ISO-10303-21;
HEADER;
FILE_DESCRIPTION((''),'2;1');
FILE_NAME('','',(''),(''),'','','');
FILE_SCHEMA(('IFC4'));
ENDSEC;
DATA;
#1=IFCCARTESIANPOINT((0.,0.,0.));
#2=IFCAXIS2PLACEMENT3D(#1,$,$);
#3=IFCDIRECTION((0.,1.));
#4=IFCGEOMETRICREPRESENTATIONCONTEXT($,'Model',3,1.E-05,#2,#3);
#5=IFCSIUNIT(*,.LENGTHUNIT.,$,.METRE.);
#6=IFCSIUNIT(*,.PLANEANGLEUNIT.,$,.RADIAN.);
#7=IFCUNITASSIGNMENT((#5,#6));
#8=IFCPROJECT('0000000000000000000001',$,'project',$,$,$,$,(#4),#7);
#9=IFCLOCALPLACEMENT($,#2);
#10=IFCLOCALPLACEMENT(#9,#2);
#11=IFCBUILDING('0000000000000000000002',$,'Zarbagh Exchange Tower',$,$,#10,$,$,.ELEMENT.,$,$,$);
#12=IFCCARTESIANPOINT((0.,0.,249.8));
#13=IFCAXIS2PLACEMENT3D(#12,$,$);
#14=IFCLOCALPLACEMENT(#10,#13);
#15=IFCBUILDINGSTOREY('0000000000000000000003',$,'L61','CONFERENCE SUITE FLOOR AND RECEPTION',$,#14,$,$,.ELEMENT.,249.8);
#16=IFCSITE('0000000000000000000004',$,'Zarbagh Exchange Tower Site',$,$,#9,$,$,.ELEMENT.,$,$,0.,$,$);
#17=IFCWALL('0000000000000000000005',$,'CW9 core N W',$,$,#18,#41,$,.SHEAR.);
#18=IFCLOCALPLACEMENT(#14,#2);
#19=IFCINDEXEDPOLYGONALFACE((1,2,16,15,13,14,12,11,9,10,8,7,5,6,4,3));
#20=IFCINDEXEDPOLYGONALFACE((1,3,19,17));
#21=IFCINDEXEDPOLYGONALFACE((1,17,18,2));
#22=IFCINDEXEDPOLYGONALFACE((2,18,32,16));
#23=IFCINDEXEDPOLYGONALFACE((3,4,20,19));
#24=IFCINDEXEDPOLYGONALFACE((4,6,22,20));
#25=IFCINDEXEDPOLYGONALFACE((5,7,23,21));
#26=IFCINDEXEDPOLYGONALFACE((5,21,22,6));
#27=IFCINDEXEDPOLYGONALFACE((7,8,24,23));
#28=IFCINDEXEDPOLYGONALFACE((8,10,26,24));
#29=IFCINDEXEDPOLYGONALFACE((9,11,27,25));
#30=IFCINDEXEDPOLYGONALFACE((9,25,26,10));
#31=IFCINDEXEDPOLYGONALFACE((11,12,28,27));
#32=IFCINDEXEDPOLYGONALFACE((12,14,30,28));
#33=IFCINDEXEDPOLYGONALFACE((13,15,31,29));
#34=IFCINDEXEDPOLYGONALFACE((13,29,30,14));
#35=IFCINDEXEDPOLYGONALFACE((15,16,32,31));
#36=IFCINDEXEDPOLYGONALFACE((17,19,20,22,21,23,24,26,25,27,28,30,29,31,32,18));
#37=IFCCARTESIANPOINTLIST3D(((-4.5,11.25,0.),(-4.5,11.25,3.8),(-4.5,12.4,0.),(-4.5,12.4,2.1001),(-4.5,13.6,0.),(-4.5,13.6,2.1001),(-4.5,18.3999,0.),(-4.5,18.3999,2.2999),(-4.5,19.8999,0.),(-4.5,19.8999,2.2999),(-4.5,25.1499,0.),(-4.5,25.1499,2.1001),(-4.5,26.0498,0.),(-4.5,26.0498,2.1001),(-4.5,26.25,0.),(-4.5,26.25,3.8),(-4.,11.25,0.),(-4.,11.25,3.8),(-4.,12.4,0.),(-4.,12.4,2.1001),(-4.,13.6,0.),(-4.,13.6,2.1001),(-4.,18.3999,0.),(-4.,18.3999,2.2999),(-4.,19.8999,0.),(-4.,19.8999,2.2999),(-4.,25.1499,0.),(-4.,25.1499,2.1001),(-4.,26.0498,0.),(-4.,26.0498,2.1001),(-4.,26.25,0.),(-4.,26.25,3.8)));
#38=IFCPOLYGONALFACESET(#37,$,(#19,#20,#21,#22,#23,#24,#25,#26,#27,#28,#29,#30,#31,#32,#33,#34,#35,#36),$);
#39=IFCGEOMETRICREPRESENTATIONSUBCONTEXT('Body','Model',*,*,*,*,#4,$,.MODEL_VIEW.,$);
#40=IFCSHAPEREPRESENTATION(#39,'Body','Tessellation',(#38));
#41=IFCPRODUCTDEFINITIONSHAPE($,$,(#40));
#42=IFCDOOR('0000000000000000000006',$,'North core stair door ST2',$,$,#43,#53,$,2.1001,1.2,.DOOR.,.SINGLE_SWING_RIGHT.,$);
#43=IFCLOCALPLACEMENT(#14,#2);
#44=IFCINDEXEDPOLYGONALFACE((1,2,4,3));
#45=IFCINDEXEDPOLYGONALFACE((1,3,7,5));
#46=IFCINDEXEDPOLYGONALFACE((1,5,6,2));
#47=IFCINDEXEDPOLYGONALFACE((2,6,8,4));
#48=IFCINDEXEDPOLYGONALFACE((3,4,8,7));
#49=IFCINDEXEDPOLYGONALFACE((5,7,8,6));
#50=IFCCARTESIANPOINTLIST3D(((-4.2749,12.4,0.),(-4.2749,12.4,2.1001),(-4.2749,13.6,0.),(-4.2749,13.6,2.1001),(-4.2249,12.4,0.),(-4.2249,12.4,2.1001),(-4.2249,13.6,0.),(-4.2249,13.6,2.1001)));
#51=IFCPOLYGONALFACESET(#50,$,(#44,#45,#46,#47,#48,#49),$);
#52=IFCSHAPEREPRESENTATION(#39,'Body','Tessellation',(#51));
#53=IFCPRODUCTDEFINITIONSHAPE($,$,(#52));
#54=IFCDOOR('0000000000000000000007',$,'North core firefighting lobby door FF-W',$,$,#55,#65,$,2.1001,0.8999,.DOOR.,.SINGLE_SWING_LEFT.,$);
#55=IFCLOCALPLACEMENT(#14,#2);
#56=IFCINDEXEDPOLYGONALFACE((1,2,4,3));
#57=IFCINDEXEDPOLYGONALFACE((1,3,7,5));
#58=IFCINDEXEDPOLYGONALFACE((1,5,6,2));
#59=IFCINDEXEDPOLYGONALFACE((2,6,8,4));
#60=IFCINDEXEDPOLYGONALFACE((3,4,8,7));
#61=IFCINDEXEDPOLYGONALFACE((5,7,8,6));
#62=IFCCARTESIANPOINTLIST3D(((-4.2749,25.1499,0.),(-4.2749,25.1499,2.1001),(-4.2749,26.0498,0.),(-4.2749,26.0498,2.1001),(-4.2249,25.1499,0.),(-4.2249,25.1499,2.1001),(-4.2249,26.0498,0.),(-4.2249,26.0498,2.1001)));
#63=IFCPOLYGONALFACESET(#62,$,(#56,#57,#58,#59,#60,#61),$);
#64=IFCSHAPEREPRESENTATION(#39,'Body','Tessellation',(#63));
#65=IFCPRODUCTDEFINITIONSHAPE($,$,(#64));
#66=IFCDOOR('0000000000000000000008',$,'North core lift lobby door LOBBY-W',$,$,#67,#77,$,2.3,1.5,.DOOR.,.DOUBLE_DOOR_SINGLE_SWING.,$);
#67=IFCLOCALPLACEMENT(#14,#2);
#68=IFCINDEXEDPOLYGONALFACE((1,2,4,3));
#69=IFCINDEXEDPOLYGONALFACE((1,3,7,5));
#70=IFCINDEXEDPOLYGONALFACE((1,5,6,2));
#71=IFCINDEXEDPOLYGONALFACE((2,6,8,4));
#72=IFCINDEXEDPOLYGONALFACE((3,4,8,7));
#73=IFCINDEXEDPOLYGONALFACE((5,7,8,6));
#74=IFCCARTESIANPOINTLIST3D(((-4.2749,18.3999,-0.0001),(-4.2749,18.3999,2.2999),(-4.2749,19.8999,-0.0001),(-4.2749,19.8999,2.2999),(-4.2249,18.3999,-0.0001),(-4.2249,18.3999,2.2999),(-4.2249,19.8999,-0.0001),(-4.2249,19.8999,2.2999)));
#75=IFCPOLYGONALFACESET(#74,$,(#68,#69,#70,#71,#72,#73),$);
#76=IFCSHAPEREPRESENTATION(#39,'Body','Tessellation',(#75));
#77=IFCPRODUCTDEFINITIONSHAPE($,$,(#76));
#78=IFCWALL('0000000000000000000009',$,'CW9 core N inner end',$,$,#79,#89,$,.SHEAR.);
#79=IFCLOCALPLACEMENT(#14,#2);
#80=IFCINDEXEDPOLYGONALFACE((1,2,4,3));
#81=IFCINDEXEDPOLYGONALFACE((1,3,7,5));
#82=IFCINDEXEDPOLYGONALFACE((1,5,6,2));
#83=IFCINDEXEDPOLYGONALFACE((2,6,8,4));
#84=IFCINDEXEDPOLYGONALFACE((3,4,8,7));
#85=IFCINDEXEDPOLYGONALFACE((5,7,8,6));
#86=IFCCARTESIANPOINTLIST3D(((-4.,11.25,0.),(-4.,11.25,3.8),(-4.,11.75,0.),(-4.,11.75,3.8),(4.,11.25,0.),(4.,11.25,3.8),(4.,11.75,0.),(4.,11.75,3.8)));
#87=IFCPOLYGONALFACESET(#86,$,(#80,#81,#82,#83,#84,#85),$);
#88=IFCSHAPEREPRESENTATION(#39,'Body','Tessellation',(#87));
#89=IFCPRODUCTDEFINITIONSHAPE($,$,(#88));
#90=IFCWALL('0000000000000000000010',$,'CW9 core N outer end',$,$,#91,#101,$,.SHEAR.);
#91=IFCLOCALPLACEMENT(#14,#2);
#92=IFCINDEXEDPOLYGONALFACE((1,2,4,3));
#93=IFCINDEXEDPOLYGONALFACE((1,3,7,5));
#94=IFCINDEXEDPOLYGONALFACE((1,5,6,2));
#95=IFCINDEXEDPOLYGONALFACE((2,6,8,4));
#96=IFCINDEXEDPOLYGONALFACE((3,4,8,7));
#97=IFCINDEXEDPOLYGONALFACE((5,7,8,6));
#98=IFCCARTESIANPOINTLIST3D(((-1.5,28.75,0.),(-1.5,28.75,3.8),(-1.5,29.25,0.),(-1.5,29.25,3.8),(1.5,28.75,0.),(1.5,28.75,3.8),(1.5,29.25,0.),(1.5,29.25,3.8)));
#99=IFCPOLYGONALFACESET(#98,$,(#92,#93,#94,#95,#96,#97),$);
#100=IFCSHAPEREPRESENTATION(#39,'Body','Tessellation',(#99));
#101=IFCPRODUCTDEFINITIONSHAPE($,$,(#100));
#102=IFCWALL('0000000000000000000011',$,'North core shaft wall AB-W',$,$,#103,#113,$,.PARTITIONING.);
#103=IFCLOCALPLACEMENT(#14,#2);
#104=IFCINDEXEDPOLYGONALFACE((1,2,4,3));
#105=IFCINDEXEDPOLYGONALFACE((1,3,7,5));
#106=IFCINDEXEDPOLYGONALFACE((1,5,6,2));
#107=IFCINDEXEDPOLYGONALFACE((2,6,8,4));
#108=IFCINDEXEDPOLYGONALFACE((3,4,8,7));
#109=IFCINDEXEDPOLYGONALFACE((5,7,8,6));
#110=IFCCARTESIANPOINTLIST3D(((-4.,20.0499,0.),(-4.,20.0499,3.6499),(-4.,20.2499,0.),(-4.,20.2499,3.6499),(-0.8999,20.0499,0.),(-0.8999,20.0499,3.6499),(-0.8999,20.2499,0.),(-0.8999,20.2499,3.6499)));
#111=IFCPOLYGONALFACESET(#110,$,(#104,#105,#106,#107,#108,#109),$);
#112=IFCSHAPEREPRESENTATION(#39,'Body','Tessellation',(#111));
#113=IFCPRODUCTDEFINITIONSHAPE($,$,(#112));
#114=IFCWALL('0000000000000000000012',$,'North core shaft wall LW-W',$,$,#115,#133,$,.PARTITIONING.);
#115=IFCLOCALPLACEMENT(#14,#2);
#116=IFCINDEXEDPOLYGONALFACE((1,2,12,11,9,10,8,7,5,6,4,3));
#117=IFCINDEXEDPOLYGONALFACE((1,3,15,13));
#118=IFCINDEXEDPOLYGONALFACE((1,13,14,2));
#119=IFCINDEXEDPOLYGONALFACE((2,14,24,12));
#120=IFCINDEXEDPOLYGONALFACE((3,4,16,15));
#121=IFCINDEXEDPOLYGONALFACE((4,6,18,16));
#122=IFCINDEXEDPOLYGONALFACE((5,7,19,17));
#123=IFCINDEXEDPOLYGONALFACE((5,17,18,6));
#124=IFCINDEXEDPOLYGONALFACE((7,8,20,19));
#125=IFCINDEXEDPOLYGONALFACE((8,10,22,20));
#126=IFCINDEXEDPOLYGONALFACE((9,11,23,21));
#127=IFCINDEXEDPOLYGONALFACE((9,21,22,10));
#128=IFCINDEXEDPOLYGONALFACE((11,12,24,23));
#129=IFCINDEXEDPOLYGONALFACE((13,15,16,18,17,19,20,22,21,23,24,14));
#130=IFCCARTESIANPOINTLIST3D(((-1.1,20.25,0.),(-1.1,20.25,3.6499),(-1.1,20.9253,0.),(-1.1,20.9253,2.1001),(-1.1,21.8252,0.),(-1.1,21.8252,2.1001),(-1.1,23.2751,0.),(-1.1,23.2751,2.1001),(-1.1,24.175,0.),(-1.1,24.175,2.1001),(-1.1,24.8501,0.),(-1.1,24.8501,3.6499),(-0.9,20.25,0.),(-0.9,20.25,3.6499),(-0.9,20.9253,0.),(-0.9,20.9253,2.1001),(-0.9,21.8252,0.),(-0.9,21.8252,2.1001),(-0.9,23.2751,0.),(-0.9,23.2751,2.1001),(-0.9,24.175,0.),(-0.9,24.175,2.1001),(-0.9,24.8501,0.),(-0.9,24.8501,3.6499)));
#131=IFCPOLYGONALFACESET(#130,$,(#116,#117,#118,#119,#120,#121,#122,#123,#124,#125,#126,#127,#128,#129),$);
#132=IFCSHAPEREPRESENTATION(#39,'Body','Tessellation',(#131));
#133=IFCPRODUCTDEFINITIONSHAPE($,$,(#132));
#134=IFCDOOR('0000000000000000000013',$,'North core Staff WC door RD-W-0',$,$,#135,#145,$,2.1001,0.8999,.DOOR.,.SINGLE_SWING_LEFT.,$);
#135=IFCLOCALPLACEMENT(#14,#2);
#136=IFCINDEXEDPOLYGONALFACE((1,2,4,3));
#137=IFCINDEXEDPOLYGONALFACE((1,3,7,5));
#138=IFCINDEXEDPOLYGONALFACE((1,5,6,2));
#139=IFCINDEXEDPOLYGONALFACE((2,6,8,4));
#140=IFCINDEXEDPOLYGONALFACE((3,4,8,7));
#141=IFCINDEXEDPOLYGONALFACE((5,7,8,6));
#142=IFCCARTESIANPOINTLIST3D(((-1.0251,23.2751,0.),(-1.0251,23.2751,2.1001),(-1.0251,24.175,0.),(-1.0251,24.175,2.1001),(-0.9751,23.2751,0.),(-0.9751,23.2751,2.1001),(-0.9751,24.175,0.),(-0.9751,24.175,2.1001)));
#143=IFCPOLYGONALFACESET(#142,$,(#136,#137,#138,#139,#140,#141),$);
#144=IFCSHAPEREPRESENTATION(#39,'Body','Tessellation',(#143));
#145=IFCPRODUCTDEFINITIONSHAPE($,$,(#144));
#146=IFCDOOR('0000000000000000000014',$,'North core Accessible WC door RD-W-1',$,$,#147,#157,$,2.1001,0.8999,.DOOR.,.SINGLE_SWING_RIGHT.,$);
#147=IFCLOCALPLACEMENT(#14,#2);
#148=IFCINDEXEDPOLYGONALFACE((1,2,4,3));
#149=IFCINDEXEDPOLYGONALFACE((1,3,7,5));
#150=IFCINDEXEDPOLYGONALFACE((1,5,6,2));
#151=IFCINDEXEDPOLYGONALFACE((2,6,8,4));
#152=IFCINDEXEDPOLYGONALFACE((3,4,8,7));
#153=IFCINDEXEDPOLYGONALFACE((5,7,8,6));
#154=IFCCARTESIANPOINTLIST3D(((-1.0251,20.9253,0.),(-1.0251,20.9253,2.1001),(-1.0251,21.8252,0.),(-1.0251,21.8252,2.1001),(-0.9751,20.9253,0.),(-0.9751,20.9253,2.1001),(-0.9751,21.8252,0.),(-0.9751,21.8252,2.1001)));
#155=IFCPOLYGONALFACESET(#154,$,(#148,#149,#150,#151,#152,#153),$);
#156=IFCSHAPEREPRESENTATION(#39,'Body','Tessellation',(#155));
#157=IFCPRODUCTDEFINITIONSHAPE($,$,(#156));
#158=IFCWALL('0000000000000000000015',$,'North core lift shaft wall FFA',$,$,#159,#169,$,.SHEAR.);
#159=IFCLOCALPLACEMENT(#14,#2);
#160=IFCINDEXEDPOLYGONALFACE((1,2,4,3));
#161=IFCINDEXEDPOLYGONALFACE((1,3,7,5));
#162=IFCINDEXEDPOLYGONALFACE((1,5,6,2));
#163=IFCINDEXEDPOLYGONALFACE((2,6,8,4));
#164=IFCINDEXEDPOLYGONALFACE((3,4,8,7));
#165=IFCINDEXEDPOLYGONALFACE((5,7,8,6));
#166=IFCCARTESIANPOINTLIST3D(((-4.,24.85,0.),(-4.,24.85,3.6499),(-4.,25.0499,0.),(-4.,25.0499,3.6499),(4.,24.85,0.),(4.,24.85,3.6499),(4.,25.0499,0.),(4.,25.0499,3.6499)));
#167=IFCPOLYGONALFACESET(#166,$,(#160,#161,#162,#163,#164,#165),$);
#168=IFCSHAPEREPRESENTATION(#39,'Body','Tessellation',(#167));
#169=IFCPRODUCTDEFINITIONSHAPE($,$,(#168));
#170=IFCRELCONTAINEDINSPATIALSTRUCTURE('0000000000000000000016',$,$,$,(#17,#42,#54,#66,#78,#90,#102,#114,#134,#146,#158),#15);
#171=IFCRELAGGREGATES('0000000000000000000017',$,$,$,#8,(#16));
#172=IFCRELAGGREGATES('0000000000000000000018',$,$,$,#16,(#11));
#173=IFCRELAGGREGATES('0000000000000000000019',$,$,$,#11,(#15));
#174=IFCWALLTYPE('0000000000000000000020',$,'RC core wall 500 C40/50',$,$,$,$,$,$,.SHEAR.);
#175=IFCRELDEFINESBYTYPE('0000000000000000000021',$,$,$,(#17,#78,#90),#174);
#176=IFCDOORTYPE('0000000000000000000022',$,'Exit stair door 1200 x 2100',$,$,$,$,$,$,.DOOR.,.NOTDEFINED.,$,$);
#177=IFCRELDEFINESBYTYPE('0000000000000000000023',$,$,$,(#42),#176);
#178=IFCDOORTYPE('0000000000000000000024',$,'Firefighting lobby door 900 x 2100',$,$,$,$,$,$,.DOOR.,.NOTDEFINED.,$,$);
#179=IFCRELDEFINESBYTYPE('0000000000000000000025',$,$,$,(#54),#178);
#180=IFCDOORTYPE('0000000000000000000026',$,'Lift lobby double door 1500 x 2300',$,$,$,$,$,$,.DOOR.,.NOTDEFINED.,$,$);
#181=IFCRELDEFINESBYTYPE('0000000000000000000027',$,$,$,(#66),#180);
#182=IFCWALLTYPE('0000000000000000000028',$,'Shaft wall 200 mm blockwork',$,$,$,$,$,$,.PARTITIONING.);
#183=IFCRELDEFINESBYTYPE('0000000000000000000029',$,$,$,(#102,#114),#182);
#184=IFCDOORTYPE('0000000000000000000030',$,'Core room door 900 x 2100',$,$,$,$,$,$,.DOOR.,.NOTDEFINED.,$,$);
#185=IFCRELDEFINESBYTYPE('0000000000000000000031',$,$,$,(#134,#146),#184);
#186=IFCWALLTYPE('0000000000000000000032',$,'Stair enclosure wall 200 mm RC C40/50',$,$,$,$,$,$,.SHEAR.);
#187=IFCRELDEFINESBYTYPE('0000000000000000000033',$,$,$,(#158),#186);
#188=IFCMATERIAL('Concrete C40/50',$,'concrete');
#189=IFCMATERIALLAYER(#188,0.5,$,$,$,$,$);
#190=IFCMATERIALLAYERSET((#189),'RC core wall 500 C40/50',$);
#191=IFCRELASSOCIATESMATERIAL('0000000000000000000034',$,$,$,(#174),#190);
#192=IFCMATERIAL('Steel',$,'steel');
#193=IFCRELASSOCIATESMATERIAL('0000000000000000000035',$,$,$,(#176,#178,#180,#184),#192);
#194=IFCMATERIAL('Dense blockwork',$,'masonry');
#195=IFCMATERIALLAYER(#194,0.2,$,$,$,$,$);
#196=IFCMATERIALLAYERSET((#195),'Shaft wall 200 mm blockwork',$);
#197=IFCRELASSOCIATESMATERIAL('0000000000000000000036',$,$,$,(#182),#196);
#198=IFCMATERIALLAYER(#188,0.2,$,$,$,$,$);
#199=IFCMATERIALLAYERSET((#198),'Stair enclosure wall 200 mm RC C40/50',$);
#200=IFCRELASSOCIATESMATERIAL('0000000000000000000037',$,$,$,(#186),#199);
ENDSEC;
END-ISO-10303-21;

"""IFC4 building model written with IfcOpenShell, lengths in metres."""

from ifc_helpers import new_model, si_unit, direction, frame, frame_2d, origin, place, context, subcontext, project, spatial, rectangle, extrude, material, layer, layer_set, type_object, element, fill, save


model = new_model("IFC4")

# Units and contexts
model_context = context("Model", 3, precision=1e-05, world=origin(), true_north=direction((0.0, 1.0)))
body_context = subcontext(model_context, "Body", "Model", "MODEL_VIEW")
ifc_project = project(units=[si_unit("LENGTHUNIT", "METRE"), si_unit("PLANEANGLEUNIT", "RADIAN")], contexts=[model_context])

# Site, building, storey
site_placement = place(None, origin())
site = spatial("IfcSite", under=ifc_project, at=site_placement, Name="Zarbagh Exchange Tower Site", CompositionType="ELEMENT", RefElevation=0.0)
building_placement = place(site_placement, origin())
building = spatial("IfcBuilding", under=site, at=building_placement, Name="Zarbagh Exchange Tower", CompositionType="ELEMENT")
storey_placement = place(building_placement, frame((0.0, 0.0, 249.8)))
storey = spatial("IfcBuildingStorey", under=building, at=storey_placement, Name="L61", Description="CONFERENCE SUITE FLOOR AND RECEPTION", CompositionType="ELEMENT", Elevation=249.8)

# Shared definitions
ifc_material_1 = material(Name="Concrete C40/50", Category="concrete")

# Shared definitions
ifc_material_2 = material(Name="Dense blockwork", Category="masonry")

# Wall, openings, doors
ifc_layer_1 = layer(ifc_material_1, 0.5)
ifc_layer_set_1 = layer_set([ifc_layer_1], Name="RC core wall 500 C40/50")
wall_type_1 = type_object("IfcWallType", Name="RC core wall 500 C40/50", PredefinedType="SHEAR", material=ifc_layer_set_1)
wall_1_placement = place(storey_placement, frame((-4.25, 11.25, 0.0), z_axis=(0.0, 0.0, 1.0), x_axis=(0.0, 1.0, 0.0)))
wall_1 = element("IfcWall", 1, at=wall_1_placement, inside=storey, type_object=wall_type_1, Name="CW9 core N W", PredefinedType="SHEAR", context=body_context, shape_type="SweptSolid", body=[
    extrude(rectangle(XDim=15.0, YDim=0.5, at=frame_2d((7.5, 0.0))), origin(), (0.0, 0.0, 1.0), 3.8),
])
opening_1_placement = place(wall_1_placement, frame((7.1499, 0.0, 0.0)))
opening_1 = element("IfcOpeningElement", 2, at=opening_1_placement, cuts=wall_1, PredefinedType="OPENING", context=body_context, shape_type="SweptSolid", body=[
    extrude(rectangle(XDim=1.5, YDim=2.3, at=frame_2d((0.75, 1.1499))), frame((0.0, 0.26, 0.0), z_axis=(0.0, -1.0, 0.0), x_axis=(1.0, 0.0, 0.0)), (0.0, 0.0, 1.0), 0.52),
])
opening_2_placement = place(wall_1_placement, frame((13.8999, 0.0, 0.0)))
opening_2 = element("IfcOpeningElement", 3, at=opening_2_placement, cuts=wall_1, PredefinedType="OPENING", context=body_context, shape_type="SweptSolid", body=[
    extrude(rectangle(XDim=0.8999, YDim=2.1001, at=frame_2d((0.45, 1.05))), frame((0.0, 0.26, 0.0), z_axis=(0.0, -1.0, 0.0), x_axis=(1.0, 0.0, 0.0)), (0.0, 0.0, 1.0), 0.52),
])
opening_3_placement = place(wall_1_placement, frame((1.1499, 0.0, 0.0)))
opening_3 = element("IfcOpeningElement", 4, at=opening_3_placement, cuts=wall_1, PredefinedType="OPENING", context=body_context, shape_type="SweptSolid", body=[
    extrude(rectangle(XDim=1.2, YDim=2.1001, at=frame_2d((0.6001, 1.05))), frame((0.0, 0.26, 0.0), z_axis=(0.0, -1.0, 0.0), x_axis=(1.0, 0.0, 0.0)), (0.0, 0.0, 1.0), 0.52),
])
ifc_material_3 = material(Name="Steel", Category="steel")
door_type_1 = type_object("IfcDoorType", Name="Exit stair door 1200 x 2100", OperationType="NOTDEFINED", PredefinedType="DOOR", material=ifc_material_3)
door_1_placement = place(opening_3_placement, origin())
door_1 = element("IfcDoor", 5, at=door_1_placement, inside=storey, type_object=door_type_1, Name="North core stair door ST2", OperationType="SINGLE_SWING_RIGHT", OverallHeight=2.1001, OverallWidth=1.2, PredefinedType="DOOR", context=body_context, shape_type="SweptSolid", body=[
    extrude(rectangle(XDim=1.2, YDim=2.1001, at=frame_2d((0.6001, 1.05))), frame((0.0, 0.0249, 0.0), z_axis=(0.0, -1.0, 0.0), x_axis=(1.0, 0.0, 0.0)), (0.0, 0.0, 1.0), 0.05),
])
fill(opening_3, door_1)
door_type_2 = type_object("IfcDoorType", Name="Firefighting lobby door 900 x 2100", OperationType="NOTDEFINED", PredefinedType="DOOR", material=ifc_material_3)
door_2_placement = place(opening_2_placement, origin())
door_2 = element("IfcDoor", 6, at=door_2_placement, inside=storey, type_object=door_type_2, Name="North core firefighting lobby door FF-W", OperationType="SINGLE_SWING_LEFT", OverallHeight=2.1001, OverallWidth=0.8999, PredefinedType="DOOR", context=body_context, shape_type="SweptSolid", body=[
    extrude(rectangle(XDim=0.8999, YDim=2.1001, at=frame_2d((0.45, 1.05))), frame((0.0, 0.0249, 0.0), z_axis=(0.0, -1.0, 0.0), x_axis=(1.0, 0.0, 0.0)), (0.0, 0.0, 1.0), 0.05),
])
fill(opening_2, door_2)
door_type_3 = type_object("IfcDoorType", Name="Lift lobby double door 1500 x 2300", OperationType="NOTDEFINED", PredefinedType="DOOR", material=ifc_material_3)
door_3_placement = place(opening_1_placement, origin())
door_3 = element("IfcDoor", 7, at=door_3_placement, inside=storey, type_object=door_type_3, Name="North core lift lobby door LOBBY-W", OperationType="DOUBLE_DOOR_SINGLE_SWING", OverallHeight=2.3, OverallWidth=1.5, PredefinedType="DOOR", context=body_context, shape_type="SweptSolid", body=[
    extrude(rectangle(XDim=1.5, YDim=2.3, at=frame_2d((0.75, 1.1499))), frame((0.0, 0.0249, 0.0), z_axis=(0.0, -1.0, 0.0), x_axis=(1.0, 0.0, 0.0)), (0.0, 0.0, 1.0), 0.05),
])
fill(opening_1, door_3)

# Walls
wall_2_placement = place(storey_placement, frame((-4.0, 11.5, 0.0), z_axis=(0.0, 0.0, 1.0), x_axis=(1.0, 0.0, 0.0)))
element("IfcWall", 8, at=wall_2_placement, inside=storey, type_object=wall_type_1, Name="CW9 core N inner end", PredefinedType="SHEAR", context=body_context, shape_type="SweptSolid", body=[
    extrude(rectangle(XDim=8.0, YDim=0.5, at=frame_2d((4.0, 0.0))), origin(), (0.0, 0.0, 1.0), 3.8),
])
wall_3_placement = place(storey_placement, frame((-1.5, 29.0, 0.0), z_axis=(0.0, 0.0, 1.0), x_axis=(1.0, 0.0, 0.0)))
element("IfcWall", 9, at=wall_3_placement, inside=storey, type_object=wall_type_1, Name="CW9 core N outer end", PredefinedType="SHEAR", context=body_context, shape_type="SweptSolid", body=[
    extrude(rectangle(XDim=3.0, YDim=0.5, at=frame_2d((1.5, 0.0))), origin(), (0.0, 0.0, 1.0), 3.8),
])
ifc_layer_2 = layer(ifc_material_2, 0.2)
ifc_layer_set_2 = layer_set([ifc_layer_2], Name="Shaft wall 200 mm blockwork")
wall_type_2 = type_object("IfcWallType", Name="Shaft wall 200 mm blockwork", PredefinedType="PARTITIONING", material=ifc_layer_set_2)
wall_4_placement = place(storey_placement, frame((-4.0, 20.1499, 0.0), z_axis=(0.0, 0.0, 1.0), x_axis=(1.0, 0.0, 0.0)))
element("IfcWall", 10, at=wall_4_placement, inside=storey, type_object=wall_type_2, Name="North core shaft wall AB-W", PredefinedType="PARTITIONING", context=body_context, shape_type="SweptSolid", body=[
    extrude(rectangle(XDim=3.1001, YDim=0.2, at=frame_2d((1.55, 0.0))), origin(), (0.0, 0.0, 1.0), 3.6499),
])

# Wall, openings, doors
wall_5_placement = place(storey_placement, frame((-1.0, 24.8501, 0.0), z_axis=(0.0, 0.0, 1.0), x_axis=(0.0, -1.0, 0.0)))
wall_5 = element("IfcWall", 11, at=wall_5_placement, inside=storey, type_object=wall_type_2, Name="North core shaft wall LW-W", PredefinedType="PARTITIONING", context=body_context, shape_type="SweptSolid", body=[
    extrude(rectangle(XDim=4.6001, YDim=0.2, at=frame_2d((2.3, 0.0))), origin(), (0.0, 0.0, 1.0), 3.6499),
])
opening_4_placement = place(wall_5_placement, frame((0.675, 0.0, 0.0)))
opening_4 = element("IfcOpeningElement", 12, at=opening_4_placement, cuts=wall_5, PredefinedType="OPENING", context=body_context, shape_type="SweptSolid", body=[
    extrude(rectangle(XDim=0.8999, YDim=2.1001, at=frame_2d((0.45, 1.05))), frame((0.0, 0.1099, 0.0), z_axis=(0.0, -1.0, 0.0), x_axis=(1.0, 0.0, 0.0)), (0.0, 0.0, 1.0), 0.22),
])
opening_5_placement = place(wall_5_placement, frame((3.0249, 0.0, 0.0)))
opening_5 = element("IfcOpeningElement", 13, at=opening_5_placement, cuts=wall_5, PredefinedType="OPENING", context=body_context, shape_type="SweptSolid", body=[
    extrude(rectangle(XDim=0.8999, YDim=2.1001, at=frame_2d((0.45, 1.05))), frame((0.0, 0.1099, 0.0), z_axis=(0.0, -1.0, 0.0), x_axis=(1.0, 0.0, 0.0)), (0.0, 0.0, 1.0), 0.22),
])
door_type_4 = type_object("IfcDoorType", Name="Core room door 900 x 2100", OperationType="NOTDEFINED", PredefinedType="DOOR", material=ifc_material_3)
door_4_placement = place(opening_4_placement, origin())
door_4 = element("IfcDoor", 14, at=door_4_placement, inside=storey, type_object=door_type_4, Name="North core Staff WC door RD-W-0", OperationType="SINGLE_SWING_LEFT", OverallHeight=2.1001, OverallWidth=0.8999, PredefinedType="DOOR", context=body_context, shape_type="SweptSolid", body=[
    extrude(rectangle(XDim=0.8999, YDim=2.1001, at=frame_2d((0.45, 1.05))), frame((0.0, 0.0249, 0.0), z_axis=(0.0, -1.0, 0.0), x_axis=(1.0, 0.0, 0.0)), (0.0, 0.0, 1.0), 0.05),
])
fill(opening_4, door_4)
door_5_placement = place(opening_5_placement, origin())
door_5 = element("IfcDoor", 15, at=door_5_placement, inside=storey, type_object=door_type_4, Name="North core Accessible WC door RD-W-1", OperationType="SINGLE_SWING_RIGHT", OverallHeight=2.1001, OverallWidth=0.8999, PredefinedType="DOOR", context=body_context, shape_type="SweptSolid", body=[
    extrude(rectangle(XDim=0.8999, YDim=2.1001, at=frame_2d((0.45, 1.05))), frame((0.0, 0.0249, 0.0), z_axis=(0.0, -1.0, 0.0), x_axis=(1.0, 0.0, 0.0)), (0.0, 0.0, 1.0), 0.05),
])
fill(opening_5, door_5)

# Wall
ifc_layer_3 = layer(ifc_material_1, 0.2)
ifc_layer_set_3 = layer_set([ifc_layer_3], Name="Stair enclosure wall 200 mm RC C40/50")
wall_type_3 = type_object("IfcWallType", Name="Stair enclosure wall 200 mm RC C40/50", PredefinedType="SHEAR", material=ifc_layer_set_3)
for number, where, z_axis, x_axis, name in (
    (16, (-4.0, 24.95, 0.0), (0.0, 0.0, 1.0), (1.0, 0.0, 0.0), "North core lift shaft wall FFA"),
):
    element("IfcWall", number, at=place(storey_placement, frame(where, z_axis=z_axis, x_axis=x_axis)), inside=storey, type_object=wall_type_3, Name=name, PredefinedType="SHEAR", context=body_context, shape_type="SweptSolid", body=[
        extrude(rectangle(XDim=8.0, YDim=0.2, at=frame_2d((4.0, 0.0))), origin(), (0.0, 0.0, 1.0), 3.6499),
    ])

save(model, "model.ifc")
